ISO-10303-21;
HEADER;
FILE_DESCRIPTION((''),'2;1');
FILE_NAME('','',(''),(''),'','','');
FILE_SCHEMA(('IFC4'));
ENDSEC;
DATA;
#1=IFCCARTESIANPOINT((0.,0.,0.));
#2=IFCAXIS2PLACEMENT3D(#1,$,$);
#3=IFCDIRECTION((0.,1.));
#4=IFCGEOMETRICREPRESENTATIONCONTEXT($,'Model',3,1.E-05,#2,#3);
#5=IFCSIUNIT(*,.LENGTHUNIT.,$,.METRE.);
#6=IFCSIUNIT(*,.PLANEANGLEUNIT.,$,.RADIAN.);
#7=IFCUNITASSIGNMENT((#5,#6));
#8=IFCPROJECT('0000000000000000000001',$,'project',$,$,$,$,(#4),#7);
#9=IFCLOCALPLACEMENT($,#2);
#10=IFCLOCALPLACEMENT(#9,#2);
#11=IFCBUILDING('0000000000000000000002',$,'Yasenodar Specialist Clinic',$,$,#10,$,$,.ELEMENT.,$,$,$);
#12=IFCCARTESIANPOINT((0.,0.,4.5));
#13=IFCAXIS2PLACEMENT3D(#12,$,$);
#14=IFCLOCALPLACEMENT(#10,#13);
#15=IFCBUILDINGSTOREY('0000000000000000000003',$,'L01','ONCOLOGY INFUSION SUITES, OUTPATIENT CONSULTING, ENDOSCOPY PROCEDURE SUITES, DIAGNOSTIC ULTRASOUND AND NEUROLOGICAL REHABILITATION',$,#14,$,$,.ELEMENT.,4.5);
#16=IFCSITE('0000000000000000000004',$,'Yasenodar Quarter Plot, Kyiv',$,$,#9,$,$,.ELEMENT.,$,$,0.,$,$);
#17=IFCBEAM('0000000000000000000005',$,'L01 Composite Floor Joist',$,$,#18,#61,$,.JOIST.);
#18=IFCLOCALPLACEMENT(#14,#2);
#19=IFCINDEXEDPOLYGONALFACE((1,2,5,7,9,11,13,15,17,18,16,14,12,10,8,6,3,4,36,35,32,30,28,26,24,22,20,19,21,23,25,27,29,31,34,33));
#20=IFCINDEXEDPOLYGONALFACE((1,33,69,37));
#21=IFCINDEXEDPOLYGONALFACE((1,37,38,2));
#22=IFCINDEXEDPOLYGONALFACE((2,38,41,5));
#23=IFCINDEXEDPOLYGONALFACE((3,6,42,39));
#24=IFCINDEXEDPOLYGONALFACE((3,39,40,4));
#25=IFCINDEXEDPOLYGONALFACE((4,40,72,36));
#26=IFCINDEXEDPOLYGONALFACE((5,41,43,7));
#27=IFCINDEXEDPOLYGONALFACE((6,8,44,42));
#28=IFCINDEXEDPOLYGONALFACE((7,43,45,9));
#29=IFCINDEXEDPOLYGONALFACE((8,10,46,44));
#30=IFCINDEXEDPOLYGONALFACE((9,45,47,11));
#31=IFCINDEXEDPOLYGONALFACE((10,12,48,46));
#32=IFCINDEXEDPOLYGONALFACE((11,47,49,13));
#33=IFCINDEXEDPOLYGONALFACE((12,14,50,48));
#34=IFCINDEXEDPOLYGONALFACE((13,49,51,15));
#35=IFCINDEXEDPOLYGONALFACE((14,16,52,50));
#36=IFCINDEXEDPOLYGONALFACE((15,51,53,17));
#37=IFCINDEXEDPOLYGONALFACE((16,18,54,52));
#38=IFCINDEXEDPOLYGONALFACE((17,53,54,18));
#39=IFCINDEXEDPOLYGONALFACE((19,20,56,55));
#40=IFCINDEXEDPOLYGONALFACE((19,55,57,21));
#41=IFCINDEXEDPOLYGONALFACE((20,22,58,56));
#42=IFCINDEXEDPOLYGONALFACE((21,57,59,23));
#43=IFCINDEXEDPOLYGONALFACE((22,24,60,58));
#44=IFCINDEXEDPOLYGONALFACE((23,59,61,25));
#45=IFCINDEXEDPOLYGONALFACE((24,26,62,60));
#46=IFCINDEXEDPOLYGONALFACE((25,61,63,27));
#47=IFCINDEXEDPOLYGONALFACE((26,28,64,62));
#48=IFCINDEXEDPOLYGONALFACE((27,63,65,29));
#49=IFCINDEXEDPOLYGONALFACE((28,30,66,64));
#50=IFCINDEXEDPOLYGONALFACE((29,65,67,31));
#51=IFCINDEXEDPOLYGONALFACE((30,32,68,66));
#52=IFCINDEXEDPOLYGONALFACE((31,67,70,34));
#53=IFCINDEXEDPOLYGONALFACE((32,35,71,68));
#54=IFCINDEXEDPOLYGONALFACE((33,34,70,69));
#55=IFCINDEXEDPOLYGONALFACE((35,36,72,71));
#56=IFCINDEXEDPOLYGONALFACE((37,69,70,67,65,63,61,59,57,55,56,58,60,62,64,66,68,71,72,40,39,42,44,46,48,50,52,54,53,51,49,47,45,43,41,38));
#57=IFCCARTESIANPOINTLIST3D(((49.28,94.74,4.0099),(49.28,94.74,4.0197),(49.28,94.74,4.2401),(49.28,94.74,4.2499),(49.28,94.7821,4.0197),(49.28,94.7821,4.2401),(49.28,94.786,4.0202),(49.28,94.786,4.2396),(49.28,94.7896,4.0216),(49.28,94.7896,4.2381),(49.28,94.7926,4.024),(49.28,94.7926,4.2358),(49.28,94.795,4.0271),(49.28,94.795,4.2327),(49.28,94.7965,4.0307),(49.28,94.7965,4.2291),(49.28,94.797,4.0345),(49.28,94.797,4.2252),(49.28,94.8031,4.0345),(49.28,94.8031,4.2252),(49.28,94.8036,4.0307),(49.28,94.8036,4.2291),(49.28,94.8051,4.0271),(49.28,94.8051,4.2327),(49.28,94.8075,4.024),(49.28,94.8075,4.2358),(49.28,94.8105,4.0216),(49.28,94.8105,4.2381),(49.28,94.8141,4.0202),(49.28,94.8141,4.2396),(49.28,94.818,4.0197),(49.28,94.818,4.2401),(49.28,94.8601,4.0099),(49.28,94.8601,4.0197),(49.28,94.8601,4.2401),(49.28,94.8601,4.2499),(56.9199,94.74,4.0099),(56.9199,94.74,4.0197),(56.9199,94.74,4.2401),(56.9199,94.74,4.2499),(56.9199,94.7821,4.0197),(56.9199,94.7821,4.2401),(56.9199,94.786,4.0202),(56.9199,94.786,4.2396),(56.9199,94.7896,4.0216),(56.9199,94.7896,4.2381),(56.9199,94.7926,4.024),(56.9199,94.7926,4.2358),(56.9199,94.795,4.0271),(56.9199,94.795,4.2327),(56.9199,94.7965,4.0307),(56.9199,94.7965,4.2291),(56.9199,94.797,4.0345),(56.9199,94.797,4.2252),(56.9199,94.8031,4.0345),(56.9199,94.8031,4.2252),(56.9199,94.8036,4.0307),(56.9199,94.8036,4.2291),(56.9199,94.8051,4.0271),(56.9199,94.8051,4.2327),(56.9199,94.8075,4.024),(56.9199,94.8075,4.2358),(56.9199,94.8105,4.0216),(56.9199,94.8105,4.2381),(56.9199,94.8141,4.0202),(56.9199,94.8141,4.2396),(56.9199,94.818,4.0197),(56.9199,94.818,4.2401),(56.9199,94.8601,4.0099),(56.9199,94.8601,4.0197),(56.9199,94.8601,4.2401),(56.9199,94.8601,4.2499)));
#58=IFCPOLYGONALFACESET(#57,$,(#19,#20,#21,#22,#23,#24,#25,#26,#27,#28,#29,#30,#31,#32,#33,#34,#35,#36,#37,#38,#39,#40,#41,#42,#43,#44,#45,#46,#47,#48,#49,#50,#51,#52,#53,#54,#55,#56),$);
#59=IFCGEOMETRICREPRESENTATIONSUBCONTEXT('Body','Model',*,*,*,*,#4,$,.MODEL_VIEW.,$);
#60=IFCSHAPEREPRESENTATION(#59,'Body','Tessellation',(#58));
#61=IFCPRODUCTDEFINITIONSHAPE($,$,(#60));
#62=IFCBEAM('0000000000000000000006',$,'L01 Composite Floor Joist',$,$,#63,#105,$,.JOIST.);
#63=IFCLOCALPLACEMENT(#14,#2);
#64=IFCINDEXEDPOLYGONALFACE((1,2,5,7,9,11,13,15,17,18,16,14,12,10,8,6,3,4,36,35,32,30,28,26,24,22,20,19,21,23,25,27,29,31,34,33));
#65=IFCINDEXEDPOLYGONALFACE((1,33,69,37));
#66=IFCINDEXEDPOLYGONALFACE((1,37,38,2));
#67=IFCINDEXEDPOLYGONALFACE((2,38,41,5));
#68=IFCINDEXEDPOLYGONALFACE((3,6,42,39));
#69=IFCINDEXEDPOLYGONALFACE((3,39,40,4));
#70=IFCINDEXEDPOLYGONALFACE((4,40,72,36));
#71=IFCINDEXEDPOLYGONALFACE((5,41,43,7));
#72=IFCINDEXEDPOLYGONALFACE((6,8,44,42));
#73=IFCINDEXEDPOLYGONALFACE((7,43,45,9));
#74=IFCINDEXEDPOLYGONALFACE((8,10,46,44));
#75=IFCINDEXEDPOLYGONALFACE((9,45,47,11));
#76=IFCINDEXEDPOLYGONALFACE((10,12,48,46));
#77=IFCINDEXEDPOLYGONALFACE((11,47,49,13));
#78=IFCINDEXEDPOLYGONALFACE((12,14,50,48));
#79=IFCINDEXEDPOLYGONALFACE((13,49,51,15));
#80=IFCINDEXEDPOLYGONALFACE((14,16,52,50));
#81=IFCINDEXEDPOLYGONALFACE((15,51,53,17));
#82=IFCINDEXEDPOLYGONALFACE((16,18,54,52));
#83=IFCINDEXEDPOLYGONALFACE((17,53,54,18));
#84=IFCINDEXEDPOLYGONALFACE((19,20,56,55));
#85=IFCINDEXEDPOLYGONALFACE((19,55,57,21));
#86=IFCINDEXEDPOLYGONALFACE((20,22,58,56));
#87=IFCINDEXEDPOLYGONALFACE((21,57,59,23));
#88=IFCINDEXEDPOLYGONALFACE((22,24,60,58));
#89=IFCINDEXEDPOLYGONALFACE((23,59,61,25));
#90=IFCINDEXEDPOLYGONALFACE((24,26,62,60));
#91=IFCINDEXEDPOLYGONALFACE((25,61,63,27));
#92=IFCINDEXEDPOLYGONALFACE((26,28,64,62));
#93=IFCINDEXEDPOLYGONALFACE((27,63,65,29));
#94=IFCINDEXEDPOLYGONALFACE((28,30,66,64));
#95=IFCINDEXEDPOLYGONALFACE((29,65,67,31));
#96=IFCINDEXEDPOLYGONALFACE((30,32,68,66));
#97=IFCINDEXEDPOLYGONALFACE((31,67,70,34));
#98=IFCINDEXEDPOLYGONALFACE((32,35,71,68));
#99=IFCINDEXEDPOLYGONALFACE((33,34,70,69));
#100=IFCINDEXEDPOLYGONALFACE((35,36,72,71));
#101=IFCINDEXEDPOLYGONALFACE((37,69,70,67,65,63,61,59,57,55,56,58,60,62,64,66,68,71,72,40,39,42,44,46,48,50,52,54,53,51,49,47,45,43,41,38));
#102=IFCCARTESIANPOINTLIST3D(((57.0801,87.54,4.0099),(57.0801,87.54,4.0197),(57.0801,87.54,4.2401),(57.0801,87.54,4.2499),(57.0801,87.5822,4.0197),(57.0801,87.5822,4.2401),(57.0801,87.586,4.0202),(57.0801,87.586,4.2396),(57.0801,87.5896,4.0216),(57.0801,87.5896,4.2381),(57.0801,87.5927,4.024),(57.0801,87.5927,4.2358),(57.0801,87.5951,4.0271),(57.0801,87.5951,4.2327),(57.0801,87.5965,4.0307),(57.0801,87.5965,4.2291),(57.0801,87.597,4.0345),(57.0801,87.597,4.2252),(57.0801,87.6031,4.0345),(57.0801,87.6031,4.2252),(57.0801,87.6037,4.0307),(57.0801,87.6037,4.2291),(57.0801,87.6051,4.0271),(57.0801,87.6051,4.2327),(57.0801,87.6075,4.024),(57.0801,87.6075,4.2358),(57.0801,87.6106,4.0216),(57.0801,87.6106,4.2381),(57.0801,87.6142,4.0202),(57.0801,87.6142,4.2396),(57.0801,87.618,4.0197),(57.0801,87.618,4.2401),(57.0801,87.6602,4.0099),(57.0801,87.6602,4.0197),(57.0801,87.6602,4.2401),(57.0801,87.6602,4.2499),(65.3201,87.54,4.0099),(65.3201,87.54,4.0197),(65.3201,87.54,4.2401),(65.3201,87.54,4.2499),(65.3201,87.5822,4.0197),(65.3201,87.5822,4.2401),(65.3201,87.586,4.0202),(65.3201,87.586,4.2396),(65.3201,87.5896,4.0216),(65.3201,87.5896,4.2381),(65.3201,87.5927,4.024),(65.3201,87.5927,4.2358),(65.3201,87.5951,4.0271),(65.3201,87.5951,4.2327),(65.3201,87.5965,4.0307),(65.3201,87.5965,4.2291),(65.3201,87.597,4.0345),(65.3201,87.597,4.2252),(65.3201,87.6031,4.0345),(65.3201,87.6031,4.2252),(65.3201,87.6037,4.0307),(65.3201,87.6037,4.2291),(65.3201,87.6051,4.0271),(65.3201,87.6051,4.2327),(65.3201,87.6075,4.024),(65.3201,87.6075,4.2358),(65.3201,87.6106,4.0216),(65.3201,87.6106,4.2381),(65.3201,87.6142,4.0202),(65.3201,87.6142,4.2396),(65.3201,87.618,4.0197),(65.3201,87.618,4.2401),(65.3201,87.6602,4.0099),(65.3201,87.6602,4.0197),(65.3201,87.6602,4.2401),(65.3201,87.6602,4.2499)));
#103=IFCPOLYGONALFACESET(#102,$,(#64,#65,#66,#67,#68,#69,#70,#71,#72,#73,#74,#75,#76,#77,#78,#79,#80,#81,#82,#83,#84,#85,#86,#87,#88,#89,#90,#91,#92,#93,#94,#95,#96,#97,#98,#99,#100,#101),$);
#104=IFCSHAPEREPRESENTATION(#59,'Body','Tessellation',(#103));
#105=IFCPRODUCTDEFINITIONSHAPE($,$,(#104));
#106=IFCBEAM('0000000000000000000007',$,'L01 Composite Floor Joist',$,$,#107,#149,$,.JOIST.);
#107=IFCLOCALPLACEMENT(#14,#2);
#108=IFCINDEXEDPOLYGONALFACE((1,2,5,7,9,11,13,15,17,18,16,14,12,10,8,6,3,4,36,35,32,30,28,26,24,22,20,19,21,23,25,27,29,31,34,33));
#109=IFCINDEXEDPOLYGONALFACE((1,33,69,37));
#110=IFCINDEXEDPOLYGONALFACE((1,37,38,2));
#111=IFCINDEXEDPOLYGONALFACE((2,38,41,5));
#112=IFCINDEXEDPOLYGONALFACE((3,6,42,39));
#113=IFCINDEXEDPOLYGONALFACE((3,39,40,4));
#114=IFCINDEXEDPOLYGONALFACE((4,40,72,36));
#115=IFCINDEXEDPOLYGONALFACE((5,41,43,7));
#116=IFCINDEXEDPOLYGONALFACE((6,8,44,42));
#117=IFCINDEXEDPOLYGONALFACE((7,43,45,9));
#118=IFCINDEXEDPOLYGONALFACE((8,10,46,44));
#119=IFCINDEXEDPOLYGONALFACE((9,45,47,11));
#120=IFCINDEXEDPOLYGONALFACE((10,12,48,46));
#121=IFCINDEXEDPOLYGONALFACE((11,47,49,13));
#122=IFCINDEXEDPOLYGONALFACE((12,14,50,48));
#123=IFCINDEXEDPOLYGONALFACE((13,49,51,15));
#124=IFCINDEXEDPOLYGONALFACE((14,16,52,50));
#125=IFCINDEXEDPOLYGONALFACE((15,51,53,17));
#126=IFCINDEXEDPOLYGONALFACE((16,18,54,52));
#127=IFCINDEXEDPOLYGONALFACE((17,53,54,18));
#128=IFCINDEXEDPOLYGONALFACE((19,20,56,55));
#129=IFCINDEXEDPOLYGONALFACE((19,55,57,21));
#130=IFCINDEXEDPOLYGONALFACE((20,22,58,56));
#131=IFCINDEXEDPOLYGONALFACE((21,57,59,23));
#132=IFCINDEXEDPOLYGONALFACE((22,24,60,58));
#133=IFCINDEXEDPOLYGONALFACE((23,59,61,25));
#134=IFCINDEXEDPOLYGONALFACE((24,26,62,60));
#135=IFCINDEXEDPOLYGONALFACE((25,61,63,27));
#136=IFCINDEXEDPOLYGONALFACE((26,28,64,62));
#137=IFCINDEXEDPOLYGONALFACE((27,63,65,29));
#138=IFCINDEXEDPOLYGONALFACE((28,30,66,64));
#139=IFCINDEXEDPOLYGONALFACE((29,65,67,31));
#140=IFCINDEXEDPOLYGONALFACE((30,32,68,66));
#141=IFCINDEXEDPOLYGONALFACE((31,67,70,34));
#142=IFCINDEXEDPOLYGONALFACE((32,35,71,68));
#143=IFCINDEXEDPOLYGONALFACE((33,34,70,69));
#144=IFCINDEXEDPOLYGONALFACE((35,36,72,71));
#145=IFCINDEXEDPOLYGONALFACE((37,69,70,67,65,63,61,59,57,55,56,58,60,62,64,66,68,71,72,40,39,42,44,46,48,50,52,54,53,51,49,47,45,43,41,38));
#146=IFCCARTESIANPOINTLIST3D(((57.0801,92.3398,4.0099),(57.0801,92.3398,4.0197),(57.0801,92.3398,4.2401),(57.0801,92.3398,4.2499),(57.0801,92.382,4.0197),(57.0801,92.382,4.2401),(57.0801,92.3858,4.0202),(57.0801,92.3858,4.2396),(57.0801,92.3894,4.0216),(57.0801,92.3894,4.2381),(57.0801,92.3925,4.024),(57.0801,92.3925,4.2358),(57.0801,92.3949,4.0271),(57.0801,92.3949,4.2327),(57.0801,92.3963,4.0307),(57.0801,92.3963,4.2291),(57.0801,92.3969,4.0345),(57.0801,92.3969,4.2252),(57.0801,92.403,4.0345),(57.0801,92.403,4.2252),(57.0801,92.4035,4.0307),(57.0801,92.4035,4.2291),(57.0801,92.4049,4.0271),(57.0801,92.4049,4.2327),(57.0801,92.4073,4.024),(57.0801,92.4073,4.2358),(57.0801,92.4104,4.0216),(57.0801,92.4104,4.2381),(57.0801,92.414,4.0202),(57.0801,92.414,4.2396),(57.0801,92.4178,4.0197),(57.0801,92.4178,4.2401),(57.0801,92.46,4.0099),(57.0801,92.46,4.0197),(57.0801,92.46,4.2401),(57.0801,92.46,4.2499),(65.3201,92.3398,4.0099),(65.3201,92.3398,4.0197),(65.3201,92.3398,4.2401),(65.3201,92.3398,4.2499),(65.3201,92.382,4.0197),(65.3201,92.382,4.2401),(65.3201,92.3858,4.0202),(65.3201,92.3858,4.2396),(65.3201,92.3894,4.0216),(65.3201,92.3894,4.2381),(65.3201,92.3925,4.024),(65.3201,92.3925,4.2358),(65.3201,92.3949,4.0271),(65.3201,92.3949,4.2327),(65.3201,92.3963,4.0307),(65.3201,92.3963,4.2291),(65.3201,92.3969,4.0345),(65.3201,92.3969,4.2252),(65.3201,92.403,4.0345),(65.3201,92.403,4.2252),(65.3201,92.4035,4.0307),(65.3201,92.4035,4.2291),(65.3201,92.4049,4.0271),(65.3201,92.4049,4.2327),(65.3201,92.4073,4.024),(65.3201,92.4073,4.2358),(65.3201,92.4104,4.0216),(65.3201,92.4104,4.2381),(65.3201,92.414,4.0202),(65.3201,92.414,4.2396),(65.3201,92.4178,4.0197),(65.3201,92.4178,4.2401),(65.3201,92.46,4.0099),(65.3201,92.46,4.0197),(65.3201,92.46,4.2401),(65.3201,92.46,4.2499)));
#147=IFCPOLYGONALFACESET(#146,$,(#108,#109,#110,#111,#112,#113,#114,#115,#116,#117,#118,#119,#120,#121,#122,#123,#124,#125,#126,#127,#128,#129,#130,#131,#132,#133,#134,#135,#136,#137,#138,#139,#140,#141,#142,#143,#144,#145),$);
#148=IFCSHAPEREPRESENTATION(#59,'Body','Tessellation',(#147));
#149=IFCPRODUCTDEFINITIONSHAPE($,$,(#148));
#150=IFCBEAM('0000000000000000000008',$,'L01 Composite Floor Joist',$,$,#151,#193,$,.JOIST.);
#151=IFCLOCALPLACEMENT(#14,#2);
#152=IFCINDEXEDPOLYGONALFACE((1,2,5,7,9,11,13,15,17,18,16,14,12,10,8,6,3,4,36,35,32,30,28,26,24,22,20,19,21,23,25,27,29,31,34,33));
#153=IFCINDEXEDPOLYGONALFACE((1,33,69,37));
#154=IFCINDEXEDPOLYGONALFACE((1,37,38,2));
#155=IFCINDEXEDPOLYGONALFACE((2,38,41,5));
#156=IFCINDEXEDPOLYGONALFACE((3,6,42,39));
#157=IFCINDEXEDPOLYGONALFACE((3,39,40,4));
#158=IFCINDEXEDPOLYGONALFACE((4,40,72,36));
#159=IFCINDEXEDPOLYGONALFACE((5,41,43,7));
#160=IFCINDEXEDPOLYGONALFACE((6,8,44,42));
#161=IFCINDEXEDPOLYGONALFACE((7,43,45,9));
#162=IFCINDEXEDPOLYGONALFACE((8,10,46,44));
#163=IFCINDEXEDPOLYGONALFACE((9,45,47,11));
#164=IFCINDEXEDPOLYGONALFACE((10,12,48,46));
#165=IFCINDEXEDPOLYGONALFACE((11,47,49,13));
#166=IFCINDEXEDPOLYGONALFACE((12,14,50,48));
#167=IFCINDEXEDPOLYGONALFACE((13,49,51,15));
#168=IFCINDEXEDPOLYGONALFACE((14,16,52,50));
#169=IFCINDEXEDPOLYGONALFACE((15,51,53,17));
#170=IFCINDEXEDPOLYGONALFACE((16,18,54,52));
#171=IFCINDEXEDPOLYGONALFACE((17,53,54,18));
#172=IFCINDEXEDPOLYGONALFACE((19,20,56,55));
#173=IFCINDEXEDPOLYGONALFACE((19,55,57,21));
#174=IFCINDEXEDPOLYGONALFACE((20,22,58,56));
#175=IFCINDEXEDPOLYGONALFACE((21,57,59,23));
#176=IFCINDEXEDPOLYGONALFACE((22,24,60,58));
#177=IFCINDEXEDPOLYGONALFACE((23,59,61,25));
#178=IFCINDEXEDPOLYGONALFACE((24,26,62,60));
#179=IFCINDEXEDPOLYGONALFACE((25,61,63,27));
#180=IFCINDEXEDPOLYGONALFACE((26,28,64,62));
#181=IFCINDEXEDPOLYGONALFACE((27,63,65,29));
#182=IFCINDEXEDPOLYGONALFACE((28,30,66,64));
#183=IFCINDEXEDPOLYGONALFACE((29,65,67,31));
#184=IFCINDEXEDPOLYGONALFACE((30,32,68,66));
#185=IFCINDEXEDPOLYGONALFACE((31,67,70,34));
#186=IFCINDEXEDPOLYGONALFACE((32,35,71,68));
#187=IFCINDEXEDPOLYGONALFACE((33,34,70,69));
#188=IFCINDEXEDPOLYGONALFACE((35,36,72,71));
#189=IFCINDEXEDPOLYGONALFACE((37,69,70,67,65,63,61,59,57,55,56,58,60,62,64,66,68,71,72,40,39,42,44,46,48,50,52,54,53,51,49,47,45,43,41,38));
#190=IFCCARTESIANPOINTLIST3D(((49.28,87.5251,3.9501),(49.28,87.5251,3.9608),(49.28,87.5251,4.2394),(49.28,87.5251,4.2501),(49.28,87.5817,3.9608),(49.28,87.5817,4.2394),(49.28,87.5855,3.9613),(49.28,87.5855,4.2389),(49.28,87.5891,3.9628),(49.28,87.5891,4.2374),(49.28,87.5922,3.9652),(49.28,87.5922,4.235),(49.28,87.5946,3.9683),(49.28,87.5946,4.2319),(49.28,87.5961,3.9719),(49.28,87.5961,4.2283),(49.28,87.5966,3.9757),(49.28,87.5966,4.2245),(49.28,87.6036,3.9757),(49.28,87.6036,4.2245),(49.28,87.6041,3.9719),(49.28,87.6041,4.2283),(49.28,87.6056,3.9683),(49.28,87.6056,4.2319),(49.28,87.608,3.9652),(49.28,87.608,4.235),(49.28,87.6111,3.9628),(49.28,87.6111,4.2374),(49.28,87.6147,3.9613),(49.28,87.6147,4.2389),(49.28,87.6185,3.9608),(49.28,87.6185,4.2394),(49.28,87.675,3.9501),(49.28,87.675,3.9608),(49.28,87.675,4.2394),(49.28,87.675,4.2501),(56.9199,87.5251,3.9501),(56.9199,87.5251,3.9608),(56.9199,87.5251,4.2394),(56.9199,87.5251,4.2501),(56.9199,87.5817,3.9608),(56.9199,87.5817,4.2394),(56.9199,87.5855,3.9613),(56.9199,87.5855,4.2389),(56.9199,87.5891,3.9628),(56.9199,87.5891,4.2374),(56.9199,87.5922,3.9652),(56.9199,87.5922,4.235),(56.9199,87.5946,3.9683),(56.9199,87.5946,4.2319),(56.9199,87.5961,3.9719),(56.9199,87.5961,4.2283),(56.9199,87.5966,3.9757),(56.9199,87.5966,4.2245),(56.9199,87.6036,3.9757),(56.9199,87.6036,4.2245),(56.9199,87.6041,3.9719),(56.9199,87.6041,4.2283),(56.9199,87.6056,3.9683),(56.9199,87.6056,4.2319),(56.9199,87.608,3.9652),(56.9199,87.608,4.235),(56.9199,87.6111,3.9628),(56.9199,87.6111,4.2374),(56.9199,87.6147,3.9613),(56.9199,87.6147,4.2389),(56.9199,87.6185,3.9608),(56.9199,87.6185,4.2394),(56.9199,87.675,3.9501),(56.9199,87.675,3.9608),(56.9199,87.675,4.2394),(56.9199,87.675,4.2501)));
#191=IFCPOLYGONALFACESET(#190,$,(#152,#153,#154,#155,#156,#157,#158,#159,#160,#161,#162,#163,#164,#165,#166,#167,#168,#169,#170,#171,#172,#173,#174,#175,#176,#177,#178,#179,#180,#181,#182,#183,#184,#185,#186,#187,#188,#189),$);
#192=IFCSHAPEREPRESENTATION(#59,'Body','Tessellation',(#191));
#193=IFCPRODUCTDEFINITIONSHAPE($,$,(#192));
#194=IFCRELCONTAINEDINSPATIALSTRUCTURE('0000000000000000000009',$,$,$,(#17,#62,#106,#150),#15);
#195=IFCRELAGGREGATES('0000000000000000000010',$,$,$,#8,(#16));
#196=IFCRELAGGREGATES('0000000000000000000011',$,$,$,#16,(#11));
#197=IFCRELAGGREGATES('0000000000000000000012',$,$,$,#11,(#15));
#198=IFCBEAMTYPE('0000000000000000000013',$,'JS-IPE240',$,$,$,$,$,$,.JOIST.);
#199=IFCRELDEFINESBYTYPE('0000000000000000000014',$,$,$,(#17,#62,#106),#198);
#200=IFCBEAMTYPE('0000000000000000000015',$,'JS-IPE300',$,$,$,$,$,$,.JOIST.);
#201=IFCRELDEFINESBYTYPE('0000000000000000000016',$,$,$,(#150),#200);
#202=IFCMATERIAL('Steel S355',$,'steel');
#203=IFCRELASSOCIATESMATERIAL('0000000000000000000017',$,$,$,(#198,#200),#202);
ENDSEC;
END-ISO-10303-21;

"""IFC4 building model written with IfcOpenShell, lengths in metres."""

from ifc_helpers import new_model, si_unit, direction, frame, origin, origin_2d, place, context, subcontext, project, spatial, i_section, extrude, material, material_profile, profile_set, type_object, element, save


model = new_model("IFC4")

# Units and contexts
model_context = context("Model", 3, precision=1e-05, world=origin(), true_north=direction((0.0, 1.0)))
body_context = subcontext(model_context, "Body", "Model", "MODEL_VIEW")
ifc_project = project(units=[si_unit("LENGTHUNIT", "METRE"), si_unit("PLANEANGLEUNIT", "RADIAN")], contexts=[model_context])

# Site, building, storey
site_placement = place(None, origin())
site = spatial("IfcSite", under=ifc_project, at=site_placement, Name="Yasenodar Quarter Plot, Kyiv", CompositionType="ELEMENT", RefElevation=0.0)
building_placement = place(site_placement, origin())
building = spatial("IfcBuilding", under=site, at=building_placement, Name="Yasenodar Specialist Clinic", CompositionType="ELEMENT")
storey_placement = place(building_placement, frame((0.0, 0.0, 4.5)))
storey = spatial("IfcBuildingStorey", under=building, at=storey_placement, Name="L01", Description="ONCOLOGY INFUSION SUITES, OUTPATIENT CONSULTING, ENDOSCOPY PROCEDURE SUITES, DIAGNOSTIC ULTRASOUND AND NEUROLOGICAL REHABILITATION", CompositionType="ELEMENT", Elevation=4.5)

# Shared definitions
ifc_material_1 = material(Name="Steel S355", Category="steel")

# Beams
ifc_material_profile_1 = material_profile(ifc_material_1, i_section(OverallWidth=0.1201, OverallDepth=0.24, WebThickness=0.0061, FlangeThickness=0.0098, FilletRadius=0.0149, at=origin_2d()), Name="IPE 240")
ifc_profile_set_1 = profile_set([ifc_material_profile_1], Name="Steel S355")
beam_type_1 = type_object("IfcBeamType", Name="JS-IPE240", PredefinedType="JOIST", material=ifc_profile_set_1)
beam_1_placement = place(storey_placement, frame((49.28, 94.8, 4.1299), z_axis=(1.0, 0.0, 0.0), x_axis=(0.0, 1.0, 0.0)))
element("IfcBeam", 1, at=beam_1_placement, inside=storey, type_object=beam_type_1, Name="L01 Composite Floor Joist", PredefinedType="JOIST", context=body_context, shape_type="SweptSolid", body=[
    extrude(i_section(OverallWidth=0.1201, OverallDepth=0.24, WebThickness=0.0061, FlangeThickness=0.0098, FilletRadius=0.0149, at=origin_2d()), origin(), (0.0, 0.0, 1.0), 7.6399),
])
for number, where, z_axis, x_axis, name in (
    (2, (57.0801, 87.6001, 4.1299), (1.0, 0.0, 0.0), (0.0, 1.0, 0.0), "L01 Composite Floor Joist"),
    (3, (57.0801, 92.3999, 4.1299), (1.0, 0.0, 0.0), (0.0, 1.0, 0.0), "L01 Composite Floor Joist"),
):
    element("IfcBeam", number, at=place(storey_placement, frame(where, z_axis=z_axis, x_axis=x_axis)), inside=storey, type_object=beam_type_1, Name=name, PredefinedType="JOIST", context=body_context, shape_type="SweptSolid", body=[
        extrude(i_section(OverallWidth=0.1201, OverallDepth=0.24, WebThickness=0.0061, FlangeThickness=0.0098, FilletRadius=0.0149, at=origin_2d()), origin(), (0.0, 0.0, 1.0), 8.24),
    ])
ifc_material_profile_2 = material_profile(ifc_material_1, i_section(OverallWidth=0.1499, OverallDepth=0.3, WebThickness=0.0071, FlangeThickness=0.0107, FilletRadius=0.0149, at=origin_2d()), Name="IPE 300")
ifc_profile_set_2 = profile_set([ifc_material_profile_2], Name="Steel S355")
beam_type_2 = type_object("IfcBeamType", Name="JS-IPE300", PredefinedType="JOIST", material=ifc_profile_set_2)
for number, where, z_axis, x_axis, name in (
    (4, (49.28, 87.6001, 4.1001), (1.0, 0.0, 0.0), (0.0, 1.0, 0.0), "L01 Composite Floor Joist"),
):
    element("IfcBeam", number, at=place(storey_placement, frame(where, z_axis=z_axis, x_axis=x_axis)), inside=storey, type_object=beam_type_2, Name=name, PredefinedType="JOIST", context=body_context, shape_type="SweptSolid", body=[
        extrude(i_section(OverallWidth=0.1499, OverallDepth=0.3, WebThickness=0.0071, FlangeThickness=0.0107, FilletRadius=0.0149, at=origin_2d()), origin(), (0.0, 0.0, 1.0), 7.6399),
    ])

save(model, "model.ifc")
